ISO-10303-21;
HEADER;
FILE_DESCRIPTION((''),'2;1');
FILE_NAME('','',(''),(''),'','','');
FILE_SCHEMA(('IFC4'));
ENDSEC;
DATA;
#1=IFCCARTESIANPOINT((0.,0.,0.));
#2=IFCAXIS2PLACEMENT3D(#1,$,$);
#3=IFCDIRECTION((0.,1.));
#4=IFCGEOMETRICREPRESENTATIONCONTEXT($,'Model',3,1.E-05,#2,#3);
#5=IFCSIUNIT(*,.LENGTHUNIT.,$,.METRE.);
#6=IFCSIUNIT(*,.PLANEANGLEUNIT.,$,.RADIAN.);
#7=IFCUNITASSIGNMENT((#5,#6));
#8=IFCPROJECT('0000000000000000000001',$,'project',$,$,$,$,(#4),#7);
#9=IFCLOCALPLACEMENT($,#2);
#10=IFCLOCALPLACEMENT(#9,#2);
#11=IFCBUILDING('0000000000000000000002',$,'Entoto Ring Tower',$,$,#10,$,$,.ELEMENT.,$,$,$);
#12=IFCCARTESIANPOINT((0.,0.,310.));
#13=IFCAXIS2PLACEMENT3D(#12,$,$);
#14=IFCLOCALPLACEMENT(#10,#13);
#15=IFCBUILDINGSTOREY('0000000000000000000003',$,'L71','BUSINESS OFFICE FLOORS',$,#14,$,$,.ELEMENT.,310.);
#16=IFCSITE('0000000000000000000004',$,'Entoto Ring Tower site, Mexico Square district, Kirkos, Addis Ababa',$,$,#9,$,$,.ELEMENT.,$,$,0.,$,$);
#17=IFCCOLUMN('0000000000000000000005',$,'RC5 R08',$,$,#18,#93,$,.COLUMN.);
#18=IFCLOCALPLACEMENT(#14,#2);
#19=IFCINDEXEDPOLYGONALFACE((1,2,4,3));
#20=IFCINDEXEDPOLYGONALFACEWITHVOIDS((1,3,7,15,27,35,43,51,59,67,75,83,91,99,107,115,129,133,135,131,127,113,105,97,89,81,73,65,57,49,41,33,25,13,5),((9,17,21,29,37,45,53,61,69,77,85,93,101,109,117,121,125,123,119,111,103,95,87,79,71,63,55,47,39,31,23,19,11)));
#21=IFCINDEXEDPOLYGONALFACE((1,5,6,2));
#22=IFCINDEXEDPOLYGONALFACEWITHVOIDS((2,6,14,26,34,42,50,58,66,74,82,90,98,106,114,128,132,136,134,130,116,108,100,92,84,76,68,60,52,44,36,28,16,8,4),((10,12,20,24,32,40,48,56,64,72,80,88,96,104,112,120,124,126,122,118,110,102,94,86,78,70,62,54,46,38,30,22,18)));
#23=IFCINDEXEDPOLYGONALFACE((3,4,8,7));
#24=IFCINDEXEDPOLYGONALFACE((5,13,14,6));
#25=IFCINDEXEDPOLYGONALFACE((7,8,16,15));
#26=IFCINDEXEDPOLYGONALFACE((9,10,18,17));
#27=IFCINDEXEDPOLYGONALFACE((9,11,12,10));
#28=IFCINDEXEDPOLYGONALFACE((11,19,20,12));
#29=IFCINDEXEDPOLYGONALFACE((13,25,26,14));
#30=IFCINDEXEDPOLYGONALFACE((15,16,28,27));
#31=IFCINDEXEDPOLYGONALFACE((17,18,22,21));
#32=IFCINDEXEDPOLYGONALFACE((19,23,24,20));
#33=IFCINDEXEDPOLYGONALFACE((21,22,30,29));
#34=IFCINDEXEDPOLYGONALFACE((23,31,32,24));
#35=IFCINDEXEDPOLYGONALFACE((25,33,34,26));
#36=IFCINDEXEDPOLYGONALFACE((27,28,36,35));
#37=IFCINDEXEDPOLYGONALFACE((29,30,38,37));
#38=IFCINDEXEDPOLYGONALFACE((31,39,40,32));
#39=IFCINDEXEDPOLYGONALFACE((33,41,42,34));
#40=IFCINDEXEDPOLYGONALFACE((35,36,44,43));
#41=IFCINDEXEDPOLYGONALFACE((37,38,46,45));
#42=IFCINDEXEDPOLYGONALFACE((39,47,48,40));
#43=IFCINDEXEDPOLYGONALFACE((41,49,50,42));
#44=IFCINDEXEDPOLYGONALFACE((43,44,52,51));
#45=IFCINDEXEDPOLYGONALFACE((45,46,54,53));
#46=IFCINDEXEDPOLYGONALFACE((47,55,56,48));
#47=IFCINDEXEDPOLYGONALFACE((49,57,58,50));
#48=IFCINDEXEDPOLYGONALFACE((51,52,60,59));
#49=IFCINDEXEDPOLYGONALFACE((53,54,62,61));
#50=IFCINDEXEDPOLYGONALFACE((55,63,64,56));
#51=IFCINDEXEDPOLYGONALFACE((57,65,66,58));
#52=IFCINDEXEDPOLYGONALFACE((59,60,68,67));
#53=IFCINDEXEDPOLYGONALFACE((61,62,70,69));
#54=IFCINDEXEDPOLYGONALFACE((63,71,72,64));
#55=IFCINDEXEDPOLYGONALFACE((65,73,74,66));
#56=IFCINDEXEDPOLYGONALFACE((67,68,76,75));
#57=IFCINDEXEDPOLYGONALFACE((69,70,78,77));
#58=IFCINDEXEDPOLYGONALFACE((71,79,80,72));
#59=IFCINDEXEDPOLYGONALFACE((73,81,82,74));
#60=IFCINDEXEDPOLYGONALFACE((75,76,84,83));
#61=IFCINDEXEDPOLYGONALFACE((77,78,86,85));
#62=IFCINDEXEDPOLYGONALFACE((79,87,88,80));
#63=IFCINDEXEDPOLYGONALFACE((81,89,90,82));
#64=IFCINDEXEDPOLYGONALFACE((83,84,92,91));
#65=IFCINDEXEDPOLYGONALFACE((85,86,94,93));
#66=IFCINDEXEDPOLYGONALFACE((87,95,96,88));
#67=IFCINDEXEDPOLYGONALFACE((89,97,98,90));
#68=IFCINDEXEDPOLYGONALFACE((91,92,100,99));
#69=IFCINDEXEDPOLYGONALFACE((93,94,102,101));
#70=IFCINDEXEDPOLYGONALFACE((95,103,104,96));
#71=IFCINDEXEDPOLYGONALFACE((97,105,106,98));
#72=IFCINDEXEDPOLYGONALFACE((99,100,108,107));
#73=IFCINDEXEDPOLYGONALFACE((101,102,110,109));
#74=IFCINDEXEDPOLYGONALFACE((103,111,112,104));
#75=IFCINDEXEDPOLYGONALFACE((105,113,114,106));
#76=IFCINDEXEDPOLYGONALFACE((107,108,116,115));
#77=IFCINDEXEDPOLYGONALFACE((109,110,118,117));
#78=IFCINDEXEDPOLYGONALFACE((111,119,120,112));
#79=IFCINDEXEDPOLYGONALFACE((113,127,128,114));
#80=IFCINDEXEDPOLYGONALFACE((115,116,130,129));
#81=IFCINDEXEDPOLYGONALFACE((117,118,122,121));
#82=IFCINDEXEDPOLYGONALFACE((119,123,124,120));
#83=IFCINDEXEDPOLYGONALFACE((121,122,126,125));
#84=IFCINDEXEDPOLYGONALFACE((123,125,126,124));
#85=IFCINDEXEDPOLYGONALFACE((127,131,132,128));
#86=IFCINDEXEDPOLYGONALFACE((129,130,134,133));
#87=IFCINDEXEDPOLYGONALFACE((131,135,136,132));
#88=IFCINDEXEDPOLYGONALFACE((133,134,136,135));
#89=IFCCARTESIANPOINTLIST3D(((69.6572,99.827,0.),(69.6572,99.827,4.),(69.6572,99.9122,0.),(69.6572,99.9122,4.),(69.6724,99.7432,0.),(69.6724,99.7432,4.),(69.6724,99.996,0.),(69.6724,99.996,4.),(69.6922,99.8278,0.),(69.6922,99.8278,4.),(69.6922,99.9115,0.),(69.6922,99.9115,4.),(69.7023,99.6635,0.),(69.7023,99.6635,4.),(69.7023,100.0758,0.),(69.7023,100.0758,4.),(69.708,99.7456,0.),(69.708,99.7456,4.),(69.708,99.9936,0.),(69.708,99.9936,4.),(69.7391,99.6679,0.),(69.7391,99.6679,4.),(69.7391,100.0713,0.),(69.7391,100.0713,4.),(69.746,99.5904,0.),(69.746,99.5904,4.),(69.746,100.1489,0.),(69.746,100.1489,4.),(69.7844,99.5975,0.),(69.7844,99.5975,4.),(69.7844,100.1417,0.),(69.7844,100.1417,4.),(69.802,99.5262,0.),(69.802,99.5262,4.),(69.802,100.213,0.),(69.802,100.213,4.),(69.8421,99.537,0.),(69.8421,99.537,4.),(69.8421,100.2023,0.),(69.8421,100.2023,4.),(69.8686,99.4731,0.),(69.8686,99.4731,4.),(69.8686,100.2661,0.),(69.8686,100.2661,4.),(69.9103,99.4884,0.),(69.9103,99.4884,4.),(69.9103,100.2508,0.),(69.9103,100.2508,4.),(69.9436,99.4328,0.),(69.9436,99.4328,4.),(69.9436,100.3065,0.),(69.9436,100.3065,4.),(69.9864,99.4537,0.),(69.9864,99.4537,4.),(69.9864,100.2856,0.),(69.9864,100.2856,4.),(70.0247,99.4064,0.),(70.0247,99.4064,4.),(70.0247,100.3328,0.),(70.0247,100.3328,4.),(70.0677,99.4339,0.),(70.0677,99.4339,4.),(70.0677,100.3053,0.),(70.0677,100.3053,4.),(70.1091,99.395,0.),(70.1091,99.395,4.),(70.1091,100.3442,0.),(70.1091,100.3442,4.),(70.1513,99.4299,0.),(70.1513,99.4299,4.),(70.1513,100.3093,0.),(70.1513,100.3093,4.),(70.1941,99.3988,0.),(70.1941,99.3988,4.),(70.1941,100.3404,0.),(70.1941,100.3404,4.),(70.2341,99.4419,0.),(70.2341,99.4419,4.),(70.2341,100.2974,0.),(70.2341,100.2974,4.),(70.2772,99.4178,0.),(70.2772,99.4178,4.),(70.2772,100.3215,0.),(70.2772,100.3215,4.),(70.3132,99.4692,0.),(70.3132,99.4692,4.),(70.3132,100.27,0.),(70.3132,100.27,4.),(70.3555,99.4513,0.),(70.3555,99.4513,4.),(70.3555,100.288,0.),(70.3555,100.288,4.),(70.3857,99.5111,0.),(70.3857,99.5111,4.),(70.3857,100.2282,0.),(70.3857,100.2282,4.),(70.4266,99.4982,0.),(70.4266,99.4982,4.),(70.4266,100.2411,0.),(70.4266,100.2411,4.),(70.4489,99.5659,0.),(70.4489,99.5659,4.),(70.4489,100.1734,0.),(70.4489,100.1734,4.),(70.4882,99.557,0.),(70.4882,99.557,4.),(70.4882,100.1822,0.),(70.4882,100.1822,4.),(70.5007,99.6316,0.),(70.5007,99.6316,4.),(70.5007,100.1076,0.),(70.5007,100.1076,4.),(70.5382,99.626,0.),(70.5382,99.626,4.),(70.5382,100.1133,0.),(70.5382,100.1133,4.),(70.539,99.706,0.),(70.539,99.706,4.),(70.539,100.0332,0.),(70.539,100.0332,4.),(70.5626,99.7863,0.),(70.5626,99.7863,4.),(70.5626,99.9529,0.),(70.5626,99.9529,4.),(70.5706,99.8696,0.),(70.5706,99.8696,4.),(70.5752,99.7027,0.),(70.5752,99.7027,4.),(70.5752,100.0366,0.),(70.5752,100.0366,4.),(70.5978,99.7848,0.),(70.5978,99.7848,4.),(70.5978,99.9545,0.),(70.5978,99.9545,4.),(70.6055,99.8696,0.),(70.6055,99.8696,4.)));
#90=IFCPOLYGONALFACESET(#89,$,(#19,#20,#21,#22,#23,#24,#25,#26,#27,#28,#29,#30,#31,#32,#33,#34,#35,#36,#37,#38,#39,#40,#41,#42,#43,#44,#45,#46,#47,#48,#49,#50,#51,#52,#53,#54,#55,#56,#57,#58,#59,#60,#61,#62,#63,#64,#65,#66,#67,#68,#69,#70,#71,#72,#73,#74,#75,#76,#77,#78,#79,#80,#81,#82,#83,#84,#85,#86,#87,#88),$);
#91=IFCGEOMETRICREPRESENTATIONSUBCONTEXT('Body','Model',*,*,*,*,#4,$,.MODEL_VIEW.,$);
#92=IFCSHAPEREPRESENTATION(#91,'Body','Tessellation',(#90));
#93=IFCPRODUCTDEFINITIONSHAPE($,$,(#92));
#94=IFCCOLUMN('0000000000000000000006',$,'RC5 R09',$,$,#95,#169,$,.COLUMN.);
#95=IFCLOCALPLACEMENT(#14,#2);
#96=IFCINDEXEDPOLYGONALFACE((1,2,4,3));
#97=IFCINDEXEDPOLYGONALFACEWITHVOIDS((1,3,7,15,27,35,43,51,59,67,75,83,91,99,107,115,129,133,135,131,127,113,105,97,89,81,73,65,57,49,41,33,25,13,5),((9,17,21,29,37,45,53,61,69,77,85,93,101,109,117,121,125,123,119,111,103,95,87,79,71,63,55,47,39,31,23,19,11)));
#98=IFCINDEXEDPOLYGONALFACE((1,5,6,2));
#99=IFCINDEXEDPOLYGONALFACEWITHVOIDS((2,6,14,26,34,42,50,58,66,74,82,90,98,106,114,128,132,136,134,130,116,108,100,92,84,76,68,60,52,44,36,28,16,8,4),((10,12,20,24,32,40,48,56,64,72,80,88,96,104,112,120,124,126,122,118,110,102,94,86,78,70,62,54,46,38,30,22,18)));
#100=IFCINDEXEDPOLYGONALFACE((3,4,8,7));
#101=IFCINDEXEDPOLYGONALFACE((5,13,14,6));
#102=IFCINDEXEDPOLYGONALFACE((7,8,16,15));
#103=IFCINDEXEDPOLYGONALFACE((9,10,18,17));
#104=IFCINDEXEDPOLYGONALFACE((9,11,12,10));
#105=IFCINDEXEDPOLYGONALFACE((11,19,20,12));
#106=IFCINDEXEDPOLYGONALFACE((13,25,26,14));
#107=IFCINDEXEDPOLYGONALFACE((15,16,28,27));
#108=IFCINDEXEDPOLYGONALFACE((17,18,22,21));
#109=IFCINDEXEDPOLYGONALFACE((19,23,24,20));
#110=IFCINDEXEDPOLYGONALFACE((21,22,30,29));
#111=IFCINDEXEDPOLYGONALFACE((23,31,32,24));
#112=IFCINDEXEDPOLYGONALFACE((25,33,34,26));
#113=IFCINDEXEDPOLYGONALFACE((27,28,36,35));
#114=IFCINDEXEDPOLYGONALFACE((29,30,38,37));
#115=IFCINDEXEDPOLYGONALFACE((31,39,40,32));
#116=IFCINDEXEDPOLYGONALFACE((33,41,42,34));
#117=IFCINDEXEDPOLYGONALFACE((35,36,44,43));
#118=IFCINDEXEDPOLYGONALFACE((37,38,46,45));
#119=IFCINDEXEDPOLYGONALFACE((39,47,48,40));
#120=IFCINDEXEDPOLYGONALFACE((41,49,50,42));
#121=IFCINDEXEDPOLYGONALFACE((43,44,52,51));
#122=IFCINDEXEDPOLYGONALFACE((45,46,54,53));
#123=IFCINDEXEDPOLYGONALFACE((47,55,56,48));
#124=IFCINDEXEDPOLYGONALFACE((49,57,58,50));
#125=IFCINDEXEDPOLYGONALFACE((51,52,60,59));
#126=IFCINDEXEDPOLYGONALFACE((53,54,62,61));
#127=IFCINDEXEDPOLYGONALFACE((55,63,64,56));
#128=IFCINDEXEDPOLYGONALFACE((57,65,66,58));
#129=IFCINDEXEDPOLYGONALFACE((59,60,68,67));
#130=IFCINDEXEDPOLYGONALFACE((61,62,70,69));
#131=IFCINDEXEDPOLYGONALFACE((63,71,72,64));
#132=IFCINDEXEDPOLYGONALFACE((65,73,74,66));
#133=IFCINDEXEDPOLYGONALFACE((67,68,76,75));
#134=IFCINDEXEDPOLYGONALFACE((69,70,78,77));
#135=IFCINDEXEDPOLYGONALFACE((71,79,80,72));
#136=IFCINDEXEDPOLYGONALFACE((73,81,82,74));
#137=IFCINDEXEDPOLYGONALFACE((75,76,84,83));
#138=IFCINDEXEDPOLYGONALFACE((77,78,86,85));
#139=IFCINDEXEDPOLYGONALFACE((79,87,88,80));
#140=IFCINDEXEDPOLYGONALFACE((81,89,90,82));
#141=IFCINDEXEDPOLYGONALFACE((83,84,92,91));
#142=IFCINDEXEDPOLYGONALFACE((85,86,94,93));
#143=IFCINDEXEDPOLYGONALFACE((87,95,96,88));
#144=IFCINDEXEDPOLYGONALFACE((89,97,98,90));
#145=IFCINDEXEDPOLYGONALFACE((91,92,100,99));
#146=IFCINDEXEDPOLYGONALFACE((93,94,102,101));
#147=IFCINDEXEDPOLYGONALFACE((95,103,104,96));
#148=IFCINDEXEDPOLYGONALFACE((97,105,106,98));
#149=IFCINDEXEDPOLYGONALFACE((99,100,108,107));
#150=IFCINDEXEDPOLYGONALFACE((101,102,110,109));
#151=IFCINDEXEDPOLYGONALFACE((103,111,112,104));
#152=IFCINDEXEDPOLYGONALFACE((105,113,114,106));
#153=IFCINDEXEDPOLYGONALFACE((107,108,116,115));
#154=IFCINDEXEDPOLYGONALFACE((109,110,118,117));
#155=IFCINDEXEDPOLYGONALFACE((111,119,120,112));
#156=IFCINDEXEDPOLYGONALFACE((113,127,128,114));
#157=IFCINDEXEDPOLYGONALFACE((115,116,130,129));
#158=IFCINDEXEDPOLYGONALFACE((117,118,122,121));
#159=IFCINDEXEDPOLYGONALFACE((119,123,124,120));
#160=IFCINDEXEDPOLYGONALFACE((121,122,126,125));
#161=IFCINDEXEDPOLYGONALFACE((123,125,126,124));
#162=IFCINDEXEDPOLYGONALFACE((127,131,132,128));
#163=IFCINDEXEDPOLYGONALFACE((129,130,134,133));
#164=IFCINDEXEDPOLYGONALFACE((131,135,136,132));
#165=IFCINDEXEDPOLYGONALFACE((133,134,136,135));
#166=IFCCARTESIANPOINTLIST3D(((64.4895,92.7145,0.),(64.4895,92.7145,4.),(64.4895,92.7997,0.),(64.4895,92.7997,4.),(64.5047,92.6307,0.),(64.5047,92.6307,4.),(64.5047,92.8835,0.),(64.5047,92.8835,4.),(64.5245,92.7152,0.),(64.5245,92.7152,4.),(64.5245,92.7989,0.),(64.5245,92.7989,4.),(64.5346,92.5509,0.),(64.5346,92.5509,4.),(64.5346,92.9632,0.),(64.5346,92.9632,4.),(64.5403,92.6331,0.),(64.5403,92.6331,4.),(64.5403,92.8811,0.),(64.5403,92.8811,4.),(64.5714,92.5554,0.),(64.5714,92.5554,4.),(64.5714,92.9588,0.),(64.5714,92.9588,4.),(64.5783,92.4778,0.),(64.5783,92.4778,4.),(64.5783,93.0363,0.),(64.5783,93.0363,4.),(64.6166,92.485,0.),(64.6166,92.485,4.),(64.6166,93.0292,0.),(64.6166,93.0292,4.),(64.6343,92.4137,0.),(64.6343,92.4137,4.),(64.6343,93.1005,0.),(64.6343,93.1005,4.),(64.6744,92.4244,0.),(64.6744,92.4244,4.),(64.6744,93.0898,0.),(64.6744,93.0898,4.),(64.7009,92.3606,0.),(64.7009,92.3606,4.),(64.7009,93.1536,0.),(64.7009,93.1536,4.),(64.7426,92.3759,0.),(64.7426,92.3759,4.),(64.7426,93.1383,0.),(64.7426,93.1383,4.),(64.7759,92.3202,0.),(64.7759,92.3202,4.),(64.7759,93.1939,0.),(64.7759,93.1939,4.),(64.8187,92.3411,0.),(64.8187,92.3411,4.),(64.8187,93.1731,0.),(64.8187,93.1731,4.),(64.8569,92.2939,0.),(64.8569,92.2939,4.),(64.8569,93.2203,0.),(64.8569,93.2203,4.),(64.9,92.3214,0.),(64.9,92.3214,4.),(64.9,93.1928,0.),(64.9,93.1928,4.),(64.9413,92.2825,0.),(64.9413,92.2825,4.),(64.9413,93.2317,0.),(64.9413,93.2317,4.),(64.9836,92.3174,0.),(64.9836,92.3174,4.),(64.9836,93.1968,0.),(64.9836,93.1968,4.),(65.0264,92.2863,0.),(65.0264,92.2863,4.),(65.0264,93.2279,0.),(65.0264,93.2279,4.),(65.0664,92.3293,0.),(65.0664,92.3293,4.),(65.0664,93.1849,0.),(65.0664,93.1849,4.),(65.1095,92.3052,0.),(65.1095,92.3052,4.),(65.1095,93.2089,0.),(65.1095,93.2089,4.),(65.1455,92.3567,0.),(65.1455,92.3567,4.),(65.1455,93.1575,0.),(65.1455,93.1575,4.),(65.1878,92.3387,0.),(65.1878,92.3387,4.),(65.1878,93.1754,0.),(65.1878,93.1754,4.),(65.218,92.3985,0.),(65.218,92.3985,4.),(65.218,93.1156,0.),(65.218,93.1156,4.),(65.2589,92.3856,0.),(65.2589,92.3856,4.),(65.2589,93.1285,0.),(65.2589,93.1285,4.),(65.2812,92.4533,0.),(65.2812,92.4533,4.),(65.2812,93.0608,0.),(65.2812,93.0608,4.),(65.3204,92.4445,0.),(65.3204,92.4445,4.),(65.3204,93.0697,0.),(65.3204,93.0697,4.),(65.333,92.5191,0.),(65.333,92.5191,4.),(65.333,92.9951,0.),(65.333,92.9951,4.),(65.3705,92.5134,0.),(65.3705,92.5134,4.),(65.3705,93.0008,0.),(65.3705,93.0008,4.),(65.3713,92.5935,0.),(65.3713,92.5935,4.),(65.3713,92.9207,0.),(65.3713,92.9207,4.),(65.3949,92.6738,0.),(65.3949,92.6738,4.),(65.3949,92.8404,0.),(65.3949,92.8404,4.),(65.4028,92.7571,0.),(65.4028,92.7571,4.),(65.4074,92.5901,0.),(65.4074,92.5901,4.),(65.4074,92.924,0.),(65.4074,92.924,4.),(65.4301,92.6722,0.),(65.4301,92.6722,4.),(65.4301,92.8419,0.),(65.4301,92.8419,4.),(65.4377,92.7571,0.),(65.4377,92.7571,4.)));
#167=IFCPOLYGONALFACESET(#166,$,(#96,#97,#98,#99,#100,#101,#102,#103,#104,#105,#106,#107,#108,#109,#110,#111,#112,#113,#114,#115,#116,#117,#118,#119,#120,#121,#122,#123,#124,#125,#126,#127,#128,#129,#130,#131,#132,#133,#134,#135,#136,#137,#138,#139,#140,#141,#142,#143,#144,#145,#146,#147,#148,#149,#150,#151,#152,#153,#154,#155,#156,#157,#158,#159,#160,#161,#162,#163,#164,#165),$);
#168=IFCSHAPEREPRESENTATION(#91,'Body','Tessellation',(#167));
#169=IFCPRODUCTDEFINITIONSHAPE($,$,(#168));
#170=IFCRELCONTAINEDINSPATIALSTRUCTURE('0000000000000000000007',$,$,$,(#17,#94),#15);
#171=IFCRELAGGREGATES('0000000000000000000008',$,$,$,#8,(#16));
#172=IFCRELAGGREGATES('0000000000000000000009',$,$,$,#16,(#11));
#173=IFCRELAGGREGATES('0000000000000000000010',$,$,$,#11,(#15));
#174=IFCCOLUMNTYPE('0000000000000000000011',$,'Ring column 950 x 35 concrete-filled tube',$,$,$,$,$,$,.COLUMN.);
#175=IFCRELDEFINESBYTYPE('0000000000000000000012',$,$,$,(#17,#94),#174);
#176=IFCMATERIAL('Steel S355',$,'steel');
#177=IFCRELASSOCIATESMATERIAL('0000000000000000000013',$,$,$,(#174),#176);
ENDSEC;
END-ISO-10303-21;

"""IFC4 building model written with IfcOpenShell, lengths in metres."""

from ifc_helpers import new_model, si_unit, direction, frame, origin, origin_2d, place, context, subcontext, project, spatial, circle, hollow_circle, extrude, material, material_profile, profile_set, type_object, element, save


model = new_model("IFC4")

# Units and contexts
model_context = context("Model", 3, precision=1e-05, world=origin(), true_north=direction((0.0, 1.0)))
body_context = subcontext(model_context, "Body", "Model", "MODEL_VIEW")
ifc_project = project(units=[si_unit("LENGTHUNIT", "METRE"), si_unit("PLANEANGLEUNIT", "RADIAN")], contexts=[model_context])

# Site, building, storey
site_placement = place(None, origin())
site = spatial("IfcSite", under=ifc_project, at=site_placement, Name="Entoto Ring Tower site, Mexico Square district, Kirkos, Addis Ababa", CompositionType="ELEMENT", RefElevation=0.0)
building_placement = place(site_placement, origin())
building = spatial("IfcBuilding", under=site, at=building_placement, Name="Entoto Ring Tower", CompositionType="ELEMENT")
storey_placement = place(building_placement, frame((0.0, 0.0, 310.0)))
storey = spatial("IfcBuildingStorey", under=building, at=storey_placement, Name="L71", Description="BUSINESS OFFICE FLOORS", CompositionType="ELEMENT", Elevation=310.0)

# Columns
ifc_material_1 = material(Name="Steel S355", Category="steel")
ifc_material_profile_1 = material_profile(ifc_material_1, hollow_circle(Radius=0.4751, WallThickness=0.0349, at=origin_2d()), Name="CHS 950 x 35")
ifc_material_2 = material(Name="Concrete C60/75", Category="concrete")
ifc_material_profile_2 = material_profile(ifc_material_2, circle(Radius=0.4399, at=origin_2d()), Name="Concrete C60/75 infill")
ifc_profile_set_1 = profile_set([ifc_material_profile_1, ifc_material_profile_2], Name="Steel S355")
column_type = type_object("IfcColumnType", Name="Ring column 950 x 35 concrete-filled tube", PredefinedType="COLUMN", material=ifc_profile_set_1)
for number, where, z_axis, x_axis, name in (
    (1, (70.1304, 99.8696, 0.0), (0.0, 0.0, 1.0), (1.0, 0.0, 0.0), "RC5 R08"),
    (2, (64.9626, 92.7571, 0.0), (0.0, 0.0, 1.0), (1.0, 0.0, 0.0), "RC5 R09"),
):
    element("IfcColumn", number, at=place(storey_placement, frame(where, z_axis=z_axis, x_axis=x_axis)), inside=storey, type_object=column_type, Name=name, PredefinedType="COLUMN", context=body_context, shape_type="SweptSolid", body=[
        extrude(hollow_circle(Radius=0.4751, WallThickness=0.0349, at=origin_2d()), origin(), (0.0, 0.0, 1.0), 4.0),
    ])

save(model, "model.ifc")
